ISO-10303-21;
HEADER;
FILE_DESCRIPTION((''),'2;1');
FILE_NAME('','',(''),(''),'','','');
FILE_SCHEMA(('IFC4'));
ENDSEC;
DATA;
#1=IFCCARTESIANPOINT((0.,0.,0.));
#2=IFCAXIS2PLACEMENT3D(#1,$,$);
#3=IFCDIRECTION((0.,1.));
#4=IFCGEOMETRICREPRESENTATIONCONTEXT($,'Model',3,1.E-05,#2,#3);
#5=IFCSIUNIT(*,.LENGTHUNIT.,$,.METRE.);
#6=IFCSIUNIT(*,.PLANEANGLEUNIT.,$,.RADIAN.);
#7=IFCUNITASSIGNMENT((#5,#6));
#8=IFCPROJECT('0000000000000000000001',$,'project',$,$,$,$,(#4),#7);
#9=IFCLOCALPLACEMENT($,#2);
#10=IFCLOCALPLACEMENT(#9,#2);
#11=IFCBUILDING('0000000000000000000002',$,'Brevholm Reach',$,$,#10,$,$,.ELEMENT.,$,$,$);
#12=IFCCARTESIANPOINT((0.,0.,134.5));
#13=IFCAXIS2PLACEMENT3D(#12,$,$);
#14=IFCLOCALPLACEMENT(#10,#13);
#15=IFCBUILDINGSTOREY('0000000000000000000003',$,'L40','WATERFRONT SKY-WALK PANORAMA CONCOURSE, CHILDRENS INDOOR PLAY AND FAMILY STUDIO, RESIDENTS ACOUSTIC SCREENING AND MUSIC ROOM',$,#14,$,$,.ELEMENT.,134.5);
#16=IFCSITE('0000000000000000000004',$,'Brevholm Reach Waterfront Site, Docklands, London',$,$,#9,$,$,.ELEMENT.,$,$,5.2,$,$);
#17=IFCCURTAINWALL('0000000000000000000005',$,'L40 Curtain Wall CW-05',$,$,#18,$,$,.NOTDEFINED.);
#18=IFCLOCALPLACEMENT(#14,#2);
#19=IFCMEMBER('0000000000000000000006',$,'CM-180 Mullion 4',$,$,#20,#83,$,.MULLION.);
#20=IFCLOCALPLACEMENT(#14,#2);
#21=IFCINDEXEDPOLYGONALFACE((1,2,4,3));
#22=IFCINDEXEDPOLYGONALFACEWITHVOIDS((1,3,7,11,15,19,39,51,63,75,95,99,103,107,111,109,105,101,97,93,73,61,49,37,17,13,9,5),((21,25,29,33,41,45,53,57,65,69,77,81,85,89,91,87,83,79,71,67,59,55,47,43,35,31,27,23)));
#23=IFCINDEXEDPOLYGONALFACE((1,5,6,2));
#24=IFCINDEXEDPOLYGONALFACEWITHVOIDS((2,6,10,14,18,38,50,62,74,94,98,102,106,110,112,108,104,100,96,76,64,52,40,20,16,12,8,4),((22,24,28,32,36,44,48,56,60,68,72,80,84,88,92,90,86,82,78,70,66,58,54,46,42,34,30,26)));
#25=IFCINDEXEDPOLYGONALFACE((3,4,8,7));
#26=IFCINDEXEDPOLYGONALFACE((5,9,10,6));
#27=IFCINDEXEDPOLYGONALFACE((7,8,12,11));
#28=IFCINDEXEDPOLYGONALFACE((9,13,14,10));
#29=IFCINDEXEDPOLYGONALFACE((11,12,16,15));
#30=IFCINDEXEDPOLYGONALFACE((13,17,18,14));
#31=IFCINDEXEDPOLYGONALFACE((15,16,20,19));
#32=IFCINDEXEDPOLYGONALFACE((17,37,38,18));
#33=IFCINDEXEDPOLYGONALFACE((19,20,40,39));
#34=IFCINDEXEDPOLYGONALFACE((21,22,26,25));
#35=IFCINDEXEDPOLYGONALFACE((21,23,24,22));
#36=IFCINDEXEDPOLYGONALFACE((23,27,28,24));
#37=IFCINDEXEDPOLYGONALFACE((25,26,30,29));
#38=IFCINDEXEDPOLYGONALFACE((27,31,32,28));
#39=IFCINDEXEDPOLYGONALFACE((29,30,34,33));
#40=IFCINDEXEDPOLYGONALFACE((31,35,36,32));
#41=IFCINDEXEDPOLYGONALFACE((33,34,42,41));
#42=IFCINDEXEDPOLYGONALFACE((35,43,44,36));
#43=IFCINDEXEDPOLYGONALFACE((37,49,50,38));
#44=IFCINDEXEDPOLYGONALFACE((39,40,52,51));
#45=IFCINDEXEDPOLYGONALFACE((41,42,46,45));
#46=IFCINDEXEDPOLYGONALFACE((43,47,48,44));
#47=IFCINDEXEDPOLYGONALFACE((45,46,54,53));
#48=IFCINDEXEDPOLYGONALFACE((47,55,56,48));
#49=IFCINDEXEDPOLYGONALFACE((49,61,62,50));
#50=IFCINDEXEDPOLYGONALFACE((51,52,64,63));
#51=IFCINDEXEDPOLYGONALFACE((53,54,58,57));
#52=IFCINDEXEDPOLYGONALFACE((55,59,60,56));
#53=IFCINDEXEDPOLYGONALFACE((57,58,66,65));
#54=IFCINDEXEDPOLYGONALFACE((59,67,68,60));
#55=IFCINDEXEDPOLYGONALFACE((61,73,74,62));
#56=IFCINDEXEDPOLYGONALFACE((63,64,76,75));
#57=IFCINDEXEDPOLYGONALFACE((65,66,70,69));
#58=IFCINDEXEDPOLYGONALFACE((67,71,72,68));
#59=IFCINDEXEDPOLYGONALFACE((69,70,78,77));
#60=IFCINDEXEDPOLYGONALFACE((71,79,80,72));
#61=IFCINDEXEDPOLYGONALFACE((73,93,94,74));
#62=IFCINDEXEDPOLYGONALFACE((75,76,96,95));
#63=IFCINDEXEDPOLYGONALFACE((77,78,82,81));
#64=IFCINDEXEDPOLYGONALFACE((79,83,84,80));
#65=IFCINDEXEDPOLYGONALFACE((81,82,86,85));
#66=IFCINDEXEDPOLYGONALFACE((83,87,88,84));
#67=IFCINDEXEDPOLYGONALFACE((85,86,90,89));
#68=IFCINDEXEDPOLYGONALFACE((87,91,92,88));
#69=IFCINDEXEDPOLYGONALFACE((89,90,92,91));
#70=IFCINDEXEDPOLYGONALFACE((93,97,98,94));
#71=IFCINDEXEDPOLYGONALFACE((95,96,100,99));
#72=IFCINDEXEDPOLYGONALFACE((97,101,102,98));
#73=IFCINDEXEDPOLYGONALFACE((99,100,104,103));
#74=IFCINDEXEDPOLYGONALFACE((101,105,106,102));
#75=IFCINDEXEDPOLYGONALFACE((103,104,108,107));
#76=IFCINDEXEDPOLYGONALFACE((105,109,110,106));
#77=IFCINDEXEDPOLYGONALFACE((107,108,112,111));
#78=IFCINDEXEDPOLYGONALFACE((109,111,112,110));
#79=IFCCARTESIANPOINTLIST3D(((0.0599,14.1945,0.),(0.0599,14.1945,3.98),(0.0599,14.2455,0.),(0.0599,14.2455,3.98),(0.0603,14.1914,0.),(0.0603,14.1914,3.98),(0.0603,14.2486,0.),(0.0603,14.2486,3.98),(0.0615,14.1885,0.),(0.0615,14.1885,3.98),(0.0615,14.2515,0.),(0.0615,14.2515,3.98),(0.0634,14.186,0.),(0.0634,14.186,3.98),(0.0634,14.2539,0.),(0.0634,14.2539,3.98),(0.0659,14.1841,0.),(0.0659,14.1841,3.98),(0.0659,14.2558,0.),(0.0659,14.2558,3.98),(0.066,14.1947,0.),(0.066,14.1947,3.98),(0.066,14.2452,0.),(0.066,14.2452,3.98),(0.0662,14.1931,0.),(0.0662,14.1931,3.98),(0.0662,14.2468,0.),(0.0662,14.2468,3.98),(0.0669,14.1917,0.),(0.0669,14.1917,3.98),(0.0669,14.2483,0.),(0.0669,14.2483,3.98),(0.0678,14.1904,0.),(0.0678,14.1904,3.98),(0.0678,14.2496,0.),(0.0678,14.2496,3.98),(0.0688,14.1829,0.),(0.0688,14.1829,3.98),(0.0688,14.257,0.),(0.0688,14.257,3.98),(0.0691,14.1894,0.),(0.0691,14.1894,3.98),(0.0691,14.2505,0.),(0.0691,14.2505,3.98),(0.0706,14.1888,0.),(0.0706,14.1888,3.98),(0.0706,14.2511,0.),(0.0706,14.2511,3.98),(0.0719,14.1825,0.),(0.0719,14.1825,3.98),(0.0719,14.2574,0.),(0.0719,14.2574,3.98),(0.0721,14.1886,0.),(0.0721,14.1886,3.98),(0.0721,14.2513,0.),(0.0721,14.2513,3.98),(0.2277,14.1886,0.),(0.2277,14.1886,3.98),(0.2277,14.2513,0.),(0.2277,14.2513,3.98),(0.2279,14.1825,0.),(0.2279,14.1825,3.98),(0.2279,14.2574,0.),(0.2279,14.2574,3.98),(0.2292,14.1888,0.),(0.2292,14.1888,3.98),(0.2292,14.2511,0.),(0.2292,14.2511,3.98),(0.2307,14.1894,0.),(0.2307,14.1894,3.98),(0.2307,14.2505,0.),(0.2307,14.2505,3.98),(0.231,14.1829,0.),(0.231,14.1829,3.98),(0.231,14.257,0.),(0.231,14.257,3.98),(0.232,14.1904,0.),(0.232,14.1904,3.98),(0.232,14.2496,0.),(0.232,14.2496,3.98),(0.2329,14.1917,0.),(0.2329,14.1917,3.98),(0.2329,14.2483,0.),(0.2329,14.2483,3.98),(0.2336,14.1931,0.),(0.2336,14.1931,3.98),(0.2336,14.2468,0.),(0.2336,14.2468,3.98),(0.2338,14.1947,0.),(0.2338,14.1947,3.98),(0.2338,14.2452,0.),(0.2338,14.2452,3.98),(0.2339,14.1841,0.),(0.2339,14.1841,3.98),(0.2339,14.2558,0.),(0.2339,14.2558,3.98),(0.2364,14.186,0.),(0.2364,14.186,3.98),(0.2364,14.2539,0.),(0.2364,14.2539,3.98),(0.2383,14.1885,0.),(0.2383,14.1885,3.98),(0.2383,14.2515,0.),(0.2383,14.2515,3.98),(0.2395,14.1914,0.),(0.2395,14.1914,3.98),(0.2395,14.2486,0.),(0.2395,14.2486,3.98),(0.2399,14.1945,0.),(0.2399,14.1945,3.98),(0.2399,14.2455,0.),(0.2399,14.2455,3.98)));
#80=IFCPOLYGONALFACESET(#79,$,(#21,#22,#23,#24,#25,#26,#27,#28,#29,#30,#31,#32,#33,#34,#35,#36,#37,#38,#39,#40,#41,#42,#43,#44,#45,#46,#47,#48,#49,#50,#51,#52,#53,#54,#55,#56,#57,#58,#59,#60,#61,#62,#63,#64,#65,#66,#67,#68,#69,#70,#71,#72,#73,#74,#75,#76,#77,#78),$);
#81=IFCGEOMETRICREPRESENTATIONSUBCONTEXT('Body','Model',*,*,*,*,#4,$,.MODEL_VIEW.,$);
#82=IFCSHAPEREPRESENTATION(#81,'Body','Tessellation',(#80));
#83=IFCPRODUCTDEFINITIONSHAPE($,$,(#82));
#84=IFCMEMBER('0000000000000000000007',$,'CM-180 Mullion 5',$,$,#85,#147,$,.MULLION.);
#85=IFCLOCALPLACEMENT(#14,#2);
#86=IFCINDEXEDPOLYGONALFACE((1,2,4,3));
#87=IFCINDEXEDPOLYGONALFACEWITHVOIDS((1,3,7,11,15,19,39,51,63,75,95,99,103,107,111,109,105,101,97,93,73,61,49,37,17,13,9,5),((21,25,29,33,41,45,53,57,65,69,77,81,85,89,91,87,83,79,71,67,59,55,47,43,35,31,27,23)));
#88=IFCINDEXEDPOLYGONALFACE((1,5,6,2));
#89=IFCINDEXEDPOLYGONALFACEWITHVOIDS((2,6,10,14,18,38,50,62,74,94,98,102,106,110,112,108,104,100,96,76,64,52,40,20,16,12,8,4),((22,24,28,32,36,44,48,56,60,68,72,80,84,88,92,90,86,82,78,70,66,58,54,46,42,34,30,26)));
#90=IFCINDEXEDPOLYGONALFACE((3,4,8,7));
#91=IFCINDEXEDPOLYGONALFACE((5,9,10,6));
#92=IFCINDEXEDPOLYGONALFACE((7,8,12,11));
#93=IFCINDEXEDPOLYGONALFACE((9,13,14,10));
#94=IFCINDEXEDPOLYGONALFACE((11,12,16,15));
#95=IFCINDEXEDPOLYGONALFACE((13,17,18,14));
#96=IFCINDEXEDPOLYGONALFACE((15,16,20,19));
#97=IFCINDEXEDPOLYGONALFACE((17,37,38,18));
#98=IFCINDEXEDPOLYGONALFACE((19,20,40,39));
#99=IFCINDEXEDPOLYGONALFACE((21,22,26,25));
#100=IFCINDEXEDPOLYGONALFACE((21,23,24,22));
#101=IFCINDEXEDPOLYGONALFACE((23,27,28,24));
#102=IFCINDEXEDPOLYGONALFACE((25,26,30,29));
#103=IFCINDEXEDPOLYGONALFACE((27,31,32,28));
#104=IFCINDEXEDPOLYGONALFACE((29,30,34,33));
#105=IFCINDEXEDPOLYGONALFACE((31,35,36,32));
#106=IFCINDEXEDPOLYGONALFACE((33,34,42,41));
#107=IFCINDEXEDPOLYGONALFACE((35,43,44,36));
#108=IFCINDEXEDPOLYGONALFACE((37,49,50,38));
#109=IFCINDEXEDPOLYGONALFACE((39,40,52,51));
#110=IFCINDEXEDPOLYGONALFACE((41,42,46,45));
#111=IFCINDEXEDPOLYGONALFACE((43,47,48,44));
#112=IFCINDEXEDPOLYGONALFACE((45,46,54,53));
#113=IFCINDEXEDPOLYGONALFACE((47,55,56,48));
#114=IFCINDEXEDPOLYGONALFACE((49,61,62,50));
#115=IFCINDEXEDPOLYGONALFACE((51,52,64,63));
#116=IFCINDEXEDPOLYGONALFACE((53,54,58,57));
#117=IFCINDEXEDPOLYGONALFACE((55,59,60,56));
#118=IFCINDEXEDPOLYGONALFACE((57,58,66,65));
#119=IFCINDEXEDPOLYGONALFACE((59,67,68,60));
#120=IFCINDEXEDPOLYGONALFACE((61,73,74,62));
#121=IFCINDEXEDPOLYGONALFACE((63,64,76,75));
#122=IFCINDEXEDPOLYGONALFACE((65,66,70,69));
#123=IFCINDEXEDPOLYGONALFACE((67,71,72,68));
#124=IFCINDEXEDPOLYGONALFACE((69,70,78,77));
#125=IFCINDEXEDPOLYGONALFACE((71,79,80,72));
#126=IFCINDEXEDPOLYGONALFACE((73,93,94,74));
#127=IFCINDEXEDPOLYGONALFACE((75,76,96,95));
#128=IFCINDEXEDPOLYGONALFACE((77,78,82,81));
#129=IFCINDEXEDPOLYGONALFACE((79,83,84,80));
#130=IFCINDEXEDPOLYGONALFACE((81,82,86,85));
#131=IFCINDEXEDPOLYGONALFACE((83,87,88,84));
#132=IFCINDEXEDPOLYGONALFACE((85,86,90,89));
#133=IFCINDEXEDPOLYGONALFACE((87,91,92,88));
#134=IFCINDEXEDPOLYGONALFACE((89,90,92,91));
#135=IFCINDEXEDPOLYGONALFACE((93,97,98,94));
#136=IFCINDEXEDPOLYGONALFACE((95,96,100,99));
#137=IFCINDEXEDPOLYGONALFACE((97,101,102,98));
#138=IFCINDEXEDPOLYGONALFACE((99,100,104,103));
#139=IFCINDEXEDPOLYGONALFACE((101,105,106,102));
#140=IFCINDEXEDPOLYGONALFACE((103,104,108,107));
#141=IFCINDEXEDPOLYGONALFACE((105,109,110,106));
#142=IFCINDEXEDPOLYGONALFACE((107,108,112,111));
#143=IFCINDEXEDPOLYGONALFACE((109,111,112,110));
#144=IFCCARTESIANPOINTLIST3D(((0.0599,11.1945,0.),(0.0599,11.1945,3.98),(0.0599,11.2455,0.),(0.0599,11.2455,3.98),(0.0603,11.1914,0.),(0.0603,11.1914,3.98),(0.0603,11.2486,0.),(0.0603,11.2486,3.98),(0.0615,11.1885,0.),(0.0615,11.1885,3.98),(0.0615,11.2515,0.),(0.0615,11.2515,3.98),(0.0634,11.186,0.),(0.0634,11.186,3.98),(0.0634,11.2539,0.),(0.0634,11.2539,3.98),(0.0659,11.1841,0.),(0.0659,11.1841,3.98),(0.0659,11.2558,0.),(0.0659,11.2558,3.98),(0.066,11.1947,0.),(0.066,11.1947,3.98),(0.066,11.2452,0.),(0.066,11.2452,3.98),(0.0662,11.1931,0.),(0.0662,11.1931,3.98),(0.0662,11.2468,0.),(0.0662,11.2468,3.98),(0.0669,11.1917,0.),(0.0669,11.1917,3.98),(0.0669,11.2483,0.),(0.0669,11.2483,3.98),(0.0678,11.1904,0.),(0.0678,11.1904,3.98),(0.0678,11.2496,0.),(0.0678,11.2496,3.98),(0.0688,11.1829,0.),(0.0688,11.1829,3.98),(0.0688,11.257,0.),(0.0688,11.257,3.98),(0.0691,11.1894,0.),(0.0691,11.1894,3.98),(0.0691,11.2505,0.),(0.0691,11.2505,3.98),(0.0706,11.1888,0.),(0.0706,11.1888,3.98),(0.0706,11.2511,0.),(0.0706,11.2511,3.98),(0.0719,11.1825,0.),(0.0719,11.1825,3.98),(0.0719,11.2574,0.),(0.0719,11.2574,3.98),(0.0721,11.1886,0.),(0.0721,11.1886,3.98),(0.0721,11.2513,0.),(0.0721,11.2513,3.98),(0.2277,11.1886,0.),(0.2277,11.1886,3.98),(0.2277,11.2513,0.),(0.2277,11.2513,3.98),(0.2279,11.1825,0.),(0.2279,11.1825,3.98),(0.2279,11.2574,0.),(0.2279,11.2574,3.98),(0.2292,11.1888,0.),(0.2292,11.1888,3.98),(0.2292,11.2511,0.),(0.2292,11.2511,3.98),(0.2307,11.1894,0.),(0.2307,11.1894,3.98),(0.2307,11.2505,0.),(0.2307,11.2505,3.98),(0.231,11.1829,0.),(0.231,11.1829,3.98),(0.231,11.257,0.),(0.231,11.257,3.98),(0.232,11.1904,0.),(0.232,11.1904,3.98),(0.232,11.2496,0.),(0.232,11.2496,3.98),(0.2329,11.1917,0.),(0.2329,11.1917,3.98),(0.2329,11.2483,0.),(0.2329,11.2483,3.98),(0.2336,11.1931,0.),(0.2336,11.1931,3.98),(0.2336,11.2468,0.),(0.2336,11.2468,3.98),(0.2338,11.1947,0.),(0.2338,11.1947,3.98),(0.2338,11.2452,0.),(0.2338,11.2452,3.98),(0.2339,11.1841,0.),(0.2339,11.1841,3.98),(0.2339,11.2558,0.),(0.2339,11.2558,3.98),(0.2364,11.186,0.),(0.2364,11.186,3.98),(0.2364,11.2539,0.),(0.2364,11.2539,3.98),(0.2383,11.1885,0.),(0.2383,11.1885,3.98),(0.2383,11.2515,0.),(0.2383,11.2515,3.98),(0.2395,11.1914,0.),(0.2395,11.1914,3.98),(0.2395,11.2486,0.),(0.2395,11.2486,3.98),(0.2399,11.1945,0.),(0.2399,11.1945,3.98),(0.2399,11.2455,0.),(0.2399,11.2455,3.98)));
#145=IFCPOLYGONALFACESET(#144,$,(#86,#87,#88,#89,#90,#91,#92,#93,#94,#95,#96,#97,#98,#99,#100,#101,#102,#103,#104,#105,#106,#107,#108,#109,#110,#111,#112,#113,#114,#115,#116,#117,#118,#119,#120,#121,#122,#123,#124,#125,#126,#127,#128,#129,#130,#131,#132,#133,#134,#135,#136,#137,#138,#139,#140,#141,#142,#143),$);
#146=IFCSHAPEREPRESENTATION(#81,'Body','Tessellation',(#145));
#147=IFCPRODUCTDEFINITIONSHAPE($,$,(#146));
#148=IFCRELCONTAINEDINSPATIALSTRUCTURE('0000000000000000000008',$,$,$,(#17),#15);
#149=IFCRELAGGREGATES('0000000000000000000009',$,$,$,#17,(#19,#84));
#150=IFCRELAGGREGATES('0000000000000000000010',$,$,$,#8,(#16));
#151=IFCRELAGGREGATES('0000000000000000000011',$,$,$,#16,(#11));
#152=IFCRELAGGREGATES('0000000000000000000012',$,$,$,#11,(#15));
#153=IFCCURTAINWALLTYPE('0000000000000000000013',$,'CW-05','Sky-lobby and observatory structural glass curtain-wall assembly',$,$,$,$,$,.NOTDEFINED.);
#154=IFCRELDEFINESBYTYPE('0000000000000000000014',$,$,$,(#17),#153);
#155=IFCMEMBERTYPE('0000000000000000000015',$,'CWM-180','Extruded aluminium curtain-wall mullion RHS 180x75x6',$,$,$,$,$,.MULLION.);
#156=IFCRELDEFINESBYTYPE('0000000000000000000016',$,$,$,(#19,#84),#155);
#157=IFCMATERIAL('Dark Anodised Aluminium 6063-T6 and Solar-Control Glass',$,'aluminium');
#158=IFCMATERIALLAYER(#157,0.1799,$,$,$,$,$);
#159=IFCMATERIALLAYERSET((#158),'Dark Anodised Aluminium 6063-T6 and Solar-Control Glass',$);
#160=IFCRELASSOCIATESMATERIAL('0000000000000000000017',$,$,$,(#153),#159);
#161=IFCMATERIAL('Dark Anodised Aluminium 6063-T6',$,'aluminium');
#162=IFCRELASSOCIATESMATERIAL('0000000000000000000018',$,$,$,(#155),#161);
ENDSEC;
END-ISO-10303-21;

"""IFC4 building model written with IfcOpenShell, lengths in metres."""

from ifc_helpers import new_model, si_unit, direction, frame, origin, origin_2d, place, context, subcontext, project, spatial, hollow_rectangle, extrude, material, layer, layer_set, material_profile, profile_set, type_object, element, aggregate, save


model = new_model("IFC4")

# Units and contexts
model_context = context("Model", 3, precision=1e-05, world=origin(), true_north=direction((0.0, 1.0)))
body_context = subcontext(model_context, "Body", "Model", "MODEL_VIEW")
ifc_project = project(units=[si_unit("LENGTHUNIT", "METRE"), si_unit("PLANEANGLEUNIT", "RADIAN")], contexts=[model_context])

# Site, building, storey
site_placement = place(None, origin())
site = spatial("IfcSite", under=ifc_project, at=site_placement, Name="Brevholm Reach Waterfront Site, Docklands, London", CompositionType="ELEMENT", RefElevation=5.2)
building_placement = place(site_placement, origin())
building = spatial("IfcBuilding", under=site, at=building_placement, Name="Brevholm Reach", CompositionType="ELEMENT")
storey_placement = place(building_placement, frame((0.0, 0.0, 134.5)))
storey = spatial("IfcBuildingStorey", under=building, at=storey_placement, Name="L40", Description="WATERFRONT SKY-WALK PANORAMA CONCOURSE, CHILDRENS INDOOR PLAY AND FAMILY STUDIO, RESIDENTS ACOUSTIC SCREENING AND MUSIC ROOM", CompositionType="ELEMENT", Elevation=134.5)

# Curtain wall, members
ifc_material_1 = material(Name="Dark Anodised Aluminium 6063-T6 and Solar-Control Glass", Category="aluminium")
ifc_layer_1 = layer(ifc_material_1, 0.1799)
ifc_layer_set_1 = layer_set([ifc_layer_1], Name="Dark Anodised Aluminium 6063-T6 and Solar-Control Glass")
curtain_wall_type = type_object("IfcCurtainWallType", Name="CW-05", Description="Sky-lobby and observatory structural glass curtain-wall assembly", PredefinedType="NOTDEFINED", material=ifc_layer_set_1)
curtain_wall_placement = place(storey_placement, origin())
curtain_wall = element("IfcCurtainWall", 1, at=curtain_wall_placement, inside=storey, type_object=curtain_wall_type, Name="L40 Curtain Wall CW-05", PredefinedType="NOTDEFINED")
ifc_material_2 = material(Name="Dark Anodised Aluminium 6063-T6", Category="aluminium")
ifc_material_profile_1 = material_profile(ifc_material_2, hollow_rectangle(XDim=0.075, YDim=0.1799, WallThickness=0.0061, InnerFilletRadius=0.0061, OuterFilletRadius=0.012, at=origin_2d()), Name="RHS 180x75x6")
ifc_profile_set_1 = profile_set([ifc_material_profile_1], Name="Dark Anodised Aluminium 6063-T6")
member_type_1 = type_object("IfcMemberType", Name="CWM-180", Description="Extruded aluminium curtain-wall mullion RHS 180x75x6", PredefinedType="MULLION", material=ifc_profile_set_1)
member_1_placement = place(storey_placement, frame((0.1499, 14.22, 0.0), z_axis=(0.0, 0.0, 1.0), x_axis=(0.0, -1.0, 0.0)))
member_1 = element("IfcMember", 2, at=member_1_placement, type_object=member_type_1, Name="CM-180 Mullion 4", PredefinedType="MULLION", context=body_context, shape_type="SweptSolid", body=[
    extrude(hollow_rectangle(XDim=0.075, YDim=0.1799, WallThickness=0.0061, InnerFilletRadius=0.0061, OuterFilletRadius=0.012, at=origin_2d()), origin(), (0.0, 0.0, 1.0), 3.98),
])
member_2_placement = place(storey_placement, frame((0.1499, 11.22, 0.0), z_axis=(0.0, 0.0, 1.0), x_axis=(0.0, -1.0, 0.0)))
member_2 = element("IfcMember", 3, at=member_2_placement, type_object=member_type_1, Name="CM-180 Mullion 5", PredefinedType="MULLION", context=body_context, shape_type="SweptSolid", body=[
    extrude(hollow_rectangle(XDim=0.075, YDim=0.1799, WallThickness=0.0061, InnerFilletRadius=0.0061, OuterFilletRadius=0.012, at=origin_2d()), origin(), (0.0, 0.0, 1.0), 3.98),
])
aggregate(curtain_wall, [member_1, member_2])

save(model, "model.ifc")
